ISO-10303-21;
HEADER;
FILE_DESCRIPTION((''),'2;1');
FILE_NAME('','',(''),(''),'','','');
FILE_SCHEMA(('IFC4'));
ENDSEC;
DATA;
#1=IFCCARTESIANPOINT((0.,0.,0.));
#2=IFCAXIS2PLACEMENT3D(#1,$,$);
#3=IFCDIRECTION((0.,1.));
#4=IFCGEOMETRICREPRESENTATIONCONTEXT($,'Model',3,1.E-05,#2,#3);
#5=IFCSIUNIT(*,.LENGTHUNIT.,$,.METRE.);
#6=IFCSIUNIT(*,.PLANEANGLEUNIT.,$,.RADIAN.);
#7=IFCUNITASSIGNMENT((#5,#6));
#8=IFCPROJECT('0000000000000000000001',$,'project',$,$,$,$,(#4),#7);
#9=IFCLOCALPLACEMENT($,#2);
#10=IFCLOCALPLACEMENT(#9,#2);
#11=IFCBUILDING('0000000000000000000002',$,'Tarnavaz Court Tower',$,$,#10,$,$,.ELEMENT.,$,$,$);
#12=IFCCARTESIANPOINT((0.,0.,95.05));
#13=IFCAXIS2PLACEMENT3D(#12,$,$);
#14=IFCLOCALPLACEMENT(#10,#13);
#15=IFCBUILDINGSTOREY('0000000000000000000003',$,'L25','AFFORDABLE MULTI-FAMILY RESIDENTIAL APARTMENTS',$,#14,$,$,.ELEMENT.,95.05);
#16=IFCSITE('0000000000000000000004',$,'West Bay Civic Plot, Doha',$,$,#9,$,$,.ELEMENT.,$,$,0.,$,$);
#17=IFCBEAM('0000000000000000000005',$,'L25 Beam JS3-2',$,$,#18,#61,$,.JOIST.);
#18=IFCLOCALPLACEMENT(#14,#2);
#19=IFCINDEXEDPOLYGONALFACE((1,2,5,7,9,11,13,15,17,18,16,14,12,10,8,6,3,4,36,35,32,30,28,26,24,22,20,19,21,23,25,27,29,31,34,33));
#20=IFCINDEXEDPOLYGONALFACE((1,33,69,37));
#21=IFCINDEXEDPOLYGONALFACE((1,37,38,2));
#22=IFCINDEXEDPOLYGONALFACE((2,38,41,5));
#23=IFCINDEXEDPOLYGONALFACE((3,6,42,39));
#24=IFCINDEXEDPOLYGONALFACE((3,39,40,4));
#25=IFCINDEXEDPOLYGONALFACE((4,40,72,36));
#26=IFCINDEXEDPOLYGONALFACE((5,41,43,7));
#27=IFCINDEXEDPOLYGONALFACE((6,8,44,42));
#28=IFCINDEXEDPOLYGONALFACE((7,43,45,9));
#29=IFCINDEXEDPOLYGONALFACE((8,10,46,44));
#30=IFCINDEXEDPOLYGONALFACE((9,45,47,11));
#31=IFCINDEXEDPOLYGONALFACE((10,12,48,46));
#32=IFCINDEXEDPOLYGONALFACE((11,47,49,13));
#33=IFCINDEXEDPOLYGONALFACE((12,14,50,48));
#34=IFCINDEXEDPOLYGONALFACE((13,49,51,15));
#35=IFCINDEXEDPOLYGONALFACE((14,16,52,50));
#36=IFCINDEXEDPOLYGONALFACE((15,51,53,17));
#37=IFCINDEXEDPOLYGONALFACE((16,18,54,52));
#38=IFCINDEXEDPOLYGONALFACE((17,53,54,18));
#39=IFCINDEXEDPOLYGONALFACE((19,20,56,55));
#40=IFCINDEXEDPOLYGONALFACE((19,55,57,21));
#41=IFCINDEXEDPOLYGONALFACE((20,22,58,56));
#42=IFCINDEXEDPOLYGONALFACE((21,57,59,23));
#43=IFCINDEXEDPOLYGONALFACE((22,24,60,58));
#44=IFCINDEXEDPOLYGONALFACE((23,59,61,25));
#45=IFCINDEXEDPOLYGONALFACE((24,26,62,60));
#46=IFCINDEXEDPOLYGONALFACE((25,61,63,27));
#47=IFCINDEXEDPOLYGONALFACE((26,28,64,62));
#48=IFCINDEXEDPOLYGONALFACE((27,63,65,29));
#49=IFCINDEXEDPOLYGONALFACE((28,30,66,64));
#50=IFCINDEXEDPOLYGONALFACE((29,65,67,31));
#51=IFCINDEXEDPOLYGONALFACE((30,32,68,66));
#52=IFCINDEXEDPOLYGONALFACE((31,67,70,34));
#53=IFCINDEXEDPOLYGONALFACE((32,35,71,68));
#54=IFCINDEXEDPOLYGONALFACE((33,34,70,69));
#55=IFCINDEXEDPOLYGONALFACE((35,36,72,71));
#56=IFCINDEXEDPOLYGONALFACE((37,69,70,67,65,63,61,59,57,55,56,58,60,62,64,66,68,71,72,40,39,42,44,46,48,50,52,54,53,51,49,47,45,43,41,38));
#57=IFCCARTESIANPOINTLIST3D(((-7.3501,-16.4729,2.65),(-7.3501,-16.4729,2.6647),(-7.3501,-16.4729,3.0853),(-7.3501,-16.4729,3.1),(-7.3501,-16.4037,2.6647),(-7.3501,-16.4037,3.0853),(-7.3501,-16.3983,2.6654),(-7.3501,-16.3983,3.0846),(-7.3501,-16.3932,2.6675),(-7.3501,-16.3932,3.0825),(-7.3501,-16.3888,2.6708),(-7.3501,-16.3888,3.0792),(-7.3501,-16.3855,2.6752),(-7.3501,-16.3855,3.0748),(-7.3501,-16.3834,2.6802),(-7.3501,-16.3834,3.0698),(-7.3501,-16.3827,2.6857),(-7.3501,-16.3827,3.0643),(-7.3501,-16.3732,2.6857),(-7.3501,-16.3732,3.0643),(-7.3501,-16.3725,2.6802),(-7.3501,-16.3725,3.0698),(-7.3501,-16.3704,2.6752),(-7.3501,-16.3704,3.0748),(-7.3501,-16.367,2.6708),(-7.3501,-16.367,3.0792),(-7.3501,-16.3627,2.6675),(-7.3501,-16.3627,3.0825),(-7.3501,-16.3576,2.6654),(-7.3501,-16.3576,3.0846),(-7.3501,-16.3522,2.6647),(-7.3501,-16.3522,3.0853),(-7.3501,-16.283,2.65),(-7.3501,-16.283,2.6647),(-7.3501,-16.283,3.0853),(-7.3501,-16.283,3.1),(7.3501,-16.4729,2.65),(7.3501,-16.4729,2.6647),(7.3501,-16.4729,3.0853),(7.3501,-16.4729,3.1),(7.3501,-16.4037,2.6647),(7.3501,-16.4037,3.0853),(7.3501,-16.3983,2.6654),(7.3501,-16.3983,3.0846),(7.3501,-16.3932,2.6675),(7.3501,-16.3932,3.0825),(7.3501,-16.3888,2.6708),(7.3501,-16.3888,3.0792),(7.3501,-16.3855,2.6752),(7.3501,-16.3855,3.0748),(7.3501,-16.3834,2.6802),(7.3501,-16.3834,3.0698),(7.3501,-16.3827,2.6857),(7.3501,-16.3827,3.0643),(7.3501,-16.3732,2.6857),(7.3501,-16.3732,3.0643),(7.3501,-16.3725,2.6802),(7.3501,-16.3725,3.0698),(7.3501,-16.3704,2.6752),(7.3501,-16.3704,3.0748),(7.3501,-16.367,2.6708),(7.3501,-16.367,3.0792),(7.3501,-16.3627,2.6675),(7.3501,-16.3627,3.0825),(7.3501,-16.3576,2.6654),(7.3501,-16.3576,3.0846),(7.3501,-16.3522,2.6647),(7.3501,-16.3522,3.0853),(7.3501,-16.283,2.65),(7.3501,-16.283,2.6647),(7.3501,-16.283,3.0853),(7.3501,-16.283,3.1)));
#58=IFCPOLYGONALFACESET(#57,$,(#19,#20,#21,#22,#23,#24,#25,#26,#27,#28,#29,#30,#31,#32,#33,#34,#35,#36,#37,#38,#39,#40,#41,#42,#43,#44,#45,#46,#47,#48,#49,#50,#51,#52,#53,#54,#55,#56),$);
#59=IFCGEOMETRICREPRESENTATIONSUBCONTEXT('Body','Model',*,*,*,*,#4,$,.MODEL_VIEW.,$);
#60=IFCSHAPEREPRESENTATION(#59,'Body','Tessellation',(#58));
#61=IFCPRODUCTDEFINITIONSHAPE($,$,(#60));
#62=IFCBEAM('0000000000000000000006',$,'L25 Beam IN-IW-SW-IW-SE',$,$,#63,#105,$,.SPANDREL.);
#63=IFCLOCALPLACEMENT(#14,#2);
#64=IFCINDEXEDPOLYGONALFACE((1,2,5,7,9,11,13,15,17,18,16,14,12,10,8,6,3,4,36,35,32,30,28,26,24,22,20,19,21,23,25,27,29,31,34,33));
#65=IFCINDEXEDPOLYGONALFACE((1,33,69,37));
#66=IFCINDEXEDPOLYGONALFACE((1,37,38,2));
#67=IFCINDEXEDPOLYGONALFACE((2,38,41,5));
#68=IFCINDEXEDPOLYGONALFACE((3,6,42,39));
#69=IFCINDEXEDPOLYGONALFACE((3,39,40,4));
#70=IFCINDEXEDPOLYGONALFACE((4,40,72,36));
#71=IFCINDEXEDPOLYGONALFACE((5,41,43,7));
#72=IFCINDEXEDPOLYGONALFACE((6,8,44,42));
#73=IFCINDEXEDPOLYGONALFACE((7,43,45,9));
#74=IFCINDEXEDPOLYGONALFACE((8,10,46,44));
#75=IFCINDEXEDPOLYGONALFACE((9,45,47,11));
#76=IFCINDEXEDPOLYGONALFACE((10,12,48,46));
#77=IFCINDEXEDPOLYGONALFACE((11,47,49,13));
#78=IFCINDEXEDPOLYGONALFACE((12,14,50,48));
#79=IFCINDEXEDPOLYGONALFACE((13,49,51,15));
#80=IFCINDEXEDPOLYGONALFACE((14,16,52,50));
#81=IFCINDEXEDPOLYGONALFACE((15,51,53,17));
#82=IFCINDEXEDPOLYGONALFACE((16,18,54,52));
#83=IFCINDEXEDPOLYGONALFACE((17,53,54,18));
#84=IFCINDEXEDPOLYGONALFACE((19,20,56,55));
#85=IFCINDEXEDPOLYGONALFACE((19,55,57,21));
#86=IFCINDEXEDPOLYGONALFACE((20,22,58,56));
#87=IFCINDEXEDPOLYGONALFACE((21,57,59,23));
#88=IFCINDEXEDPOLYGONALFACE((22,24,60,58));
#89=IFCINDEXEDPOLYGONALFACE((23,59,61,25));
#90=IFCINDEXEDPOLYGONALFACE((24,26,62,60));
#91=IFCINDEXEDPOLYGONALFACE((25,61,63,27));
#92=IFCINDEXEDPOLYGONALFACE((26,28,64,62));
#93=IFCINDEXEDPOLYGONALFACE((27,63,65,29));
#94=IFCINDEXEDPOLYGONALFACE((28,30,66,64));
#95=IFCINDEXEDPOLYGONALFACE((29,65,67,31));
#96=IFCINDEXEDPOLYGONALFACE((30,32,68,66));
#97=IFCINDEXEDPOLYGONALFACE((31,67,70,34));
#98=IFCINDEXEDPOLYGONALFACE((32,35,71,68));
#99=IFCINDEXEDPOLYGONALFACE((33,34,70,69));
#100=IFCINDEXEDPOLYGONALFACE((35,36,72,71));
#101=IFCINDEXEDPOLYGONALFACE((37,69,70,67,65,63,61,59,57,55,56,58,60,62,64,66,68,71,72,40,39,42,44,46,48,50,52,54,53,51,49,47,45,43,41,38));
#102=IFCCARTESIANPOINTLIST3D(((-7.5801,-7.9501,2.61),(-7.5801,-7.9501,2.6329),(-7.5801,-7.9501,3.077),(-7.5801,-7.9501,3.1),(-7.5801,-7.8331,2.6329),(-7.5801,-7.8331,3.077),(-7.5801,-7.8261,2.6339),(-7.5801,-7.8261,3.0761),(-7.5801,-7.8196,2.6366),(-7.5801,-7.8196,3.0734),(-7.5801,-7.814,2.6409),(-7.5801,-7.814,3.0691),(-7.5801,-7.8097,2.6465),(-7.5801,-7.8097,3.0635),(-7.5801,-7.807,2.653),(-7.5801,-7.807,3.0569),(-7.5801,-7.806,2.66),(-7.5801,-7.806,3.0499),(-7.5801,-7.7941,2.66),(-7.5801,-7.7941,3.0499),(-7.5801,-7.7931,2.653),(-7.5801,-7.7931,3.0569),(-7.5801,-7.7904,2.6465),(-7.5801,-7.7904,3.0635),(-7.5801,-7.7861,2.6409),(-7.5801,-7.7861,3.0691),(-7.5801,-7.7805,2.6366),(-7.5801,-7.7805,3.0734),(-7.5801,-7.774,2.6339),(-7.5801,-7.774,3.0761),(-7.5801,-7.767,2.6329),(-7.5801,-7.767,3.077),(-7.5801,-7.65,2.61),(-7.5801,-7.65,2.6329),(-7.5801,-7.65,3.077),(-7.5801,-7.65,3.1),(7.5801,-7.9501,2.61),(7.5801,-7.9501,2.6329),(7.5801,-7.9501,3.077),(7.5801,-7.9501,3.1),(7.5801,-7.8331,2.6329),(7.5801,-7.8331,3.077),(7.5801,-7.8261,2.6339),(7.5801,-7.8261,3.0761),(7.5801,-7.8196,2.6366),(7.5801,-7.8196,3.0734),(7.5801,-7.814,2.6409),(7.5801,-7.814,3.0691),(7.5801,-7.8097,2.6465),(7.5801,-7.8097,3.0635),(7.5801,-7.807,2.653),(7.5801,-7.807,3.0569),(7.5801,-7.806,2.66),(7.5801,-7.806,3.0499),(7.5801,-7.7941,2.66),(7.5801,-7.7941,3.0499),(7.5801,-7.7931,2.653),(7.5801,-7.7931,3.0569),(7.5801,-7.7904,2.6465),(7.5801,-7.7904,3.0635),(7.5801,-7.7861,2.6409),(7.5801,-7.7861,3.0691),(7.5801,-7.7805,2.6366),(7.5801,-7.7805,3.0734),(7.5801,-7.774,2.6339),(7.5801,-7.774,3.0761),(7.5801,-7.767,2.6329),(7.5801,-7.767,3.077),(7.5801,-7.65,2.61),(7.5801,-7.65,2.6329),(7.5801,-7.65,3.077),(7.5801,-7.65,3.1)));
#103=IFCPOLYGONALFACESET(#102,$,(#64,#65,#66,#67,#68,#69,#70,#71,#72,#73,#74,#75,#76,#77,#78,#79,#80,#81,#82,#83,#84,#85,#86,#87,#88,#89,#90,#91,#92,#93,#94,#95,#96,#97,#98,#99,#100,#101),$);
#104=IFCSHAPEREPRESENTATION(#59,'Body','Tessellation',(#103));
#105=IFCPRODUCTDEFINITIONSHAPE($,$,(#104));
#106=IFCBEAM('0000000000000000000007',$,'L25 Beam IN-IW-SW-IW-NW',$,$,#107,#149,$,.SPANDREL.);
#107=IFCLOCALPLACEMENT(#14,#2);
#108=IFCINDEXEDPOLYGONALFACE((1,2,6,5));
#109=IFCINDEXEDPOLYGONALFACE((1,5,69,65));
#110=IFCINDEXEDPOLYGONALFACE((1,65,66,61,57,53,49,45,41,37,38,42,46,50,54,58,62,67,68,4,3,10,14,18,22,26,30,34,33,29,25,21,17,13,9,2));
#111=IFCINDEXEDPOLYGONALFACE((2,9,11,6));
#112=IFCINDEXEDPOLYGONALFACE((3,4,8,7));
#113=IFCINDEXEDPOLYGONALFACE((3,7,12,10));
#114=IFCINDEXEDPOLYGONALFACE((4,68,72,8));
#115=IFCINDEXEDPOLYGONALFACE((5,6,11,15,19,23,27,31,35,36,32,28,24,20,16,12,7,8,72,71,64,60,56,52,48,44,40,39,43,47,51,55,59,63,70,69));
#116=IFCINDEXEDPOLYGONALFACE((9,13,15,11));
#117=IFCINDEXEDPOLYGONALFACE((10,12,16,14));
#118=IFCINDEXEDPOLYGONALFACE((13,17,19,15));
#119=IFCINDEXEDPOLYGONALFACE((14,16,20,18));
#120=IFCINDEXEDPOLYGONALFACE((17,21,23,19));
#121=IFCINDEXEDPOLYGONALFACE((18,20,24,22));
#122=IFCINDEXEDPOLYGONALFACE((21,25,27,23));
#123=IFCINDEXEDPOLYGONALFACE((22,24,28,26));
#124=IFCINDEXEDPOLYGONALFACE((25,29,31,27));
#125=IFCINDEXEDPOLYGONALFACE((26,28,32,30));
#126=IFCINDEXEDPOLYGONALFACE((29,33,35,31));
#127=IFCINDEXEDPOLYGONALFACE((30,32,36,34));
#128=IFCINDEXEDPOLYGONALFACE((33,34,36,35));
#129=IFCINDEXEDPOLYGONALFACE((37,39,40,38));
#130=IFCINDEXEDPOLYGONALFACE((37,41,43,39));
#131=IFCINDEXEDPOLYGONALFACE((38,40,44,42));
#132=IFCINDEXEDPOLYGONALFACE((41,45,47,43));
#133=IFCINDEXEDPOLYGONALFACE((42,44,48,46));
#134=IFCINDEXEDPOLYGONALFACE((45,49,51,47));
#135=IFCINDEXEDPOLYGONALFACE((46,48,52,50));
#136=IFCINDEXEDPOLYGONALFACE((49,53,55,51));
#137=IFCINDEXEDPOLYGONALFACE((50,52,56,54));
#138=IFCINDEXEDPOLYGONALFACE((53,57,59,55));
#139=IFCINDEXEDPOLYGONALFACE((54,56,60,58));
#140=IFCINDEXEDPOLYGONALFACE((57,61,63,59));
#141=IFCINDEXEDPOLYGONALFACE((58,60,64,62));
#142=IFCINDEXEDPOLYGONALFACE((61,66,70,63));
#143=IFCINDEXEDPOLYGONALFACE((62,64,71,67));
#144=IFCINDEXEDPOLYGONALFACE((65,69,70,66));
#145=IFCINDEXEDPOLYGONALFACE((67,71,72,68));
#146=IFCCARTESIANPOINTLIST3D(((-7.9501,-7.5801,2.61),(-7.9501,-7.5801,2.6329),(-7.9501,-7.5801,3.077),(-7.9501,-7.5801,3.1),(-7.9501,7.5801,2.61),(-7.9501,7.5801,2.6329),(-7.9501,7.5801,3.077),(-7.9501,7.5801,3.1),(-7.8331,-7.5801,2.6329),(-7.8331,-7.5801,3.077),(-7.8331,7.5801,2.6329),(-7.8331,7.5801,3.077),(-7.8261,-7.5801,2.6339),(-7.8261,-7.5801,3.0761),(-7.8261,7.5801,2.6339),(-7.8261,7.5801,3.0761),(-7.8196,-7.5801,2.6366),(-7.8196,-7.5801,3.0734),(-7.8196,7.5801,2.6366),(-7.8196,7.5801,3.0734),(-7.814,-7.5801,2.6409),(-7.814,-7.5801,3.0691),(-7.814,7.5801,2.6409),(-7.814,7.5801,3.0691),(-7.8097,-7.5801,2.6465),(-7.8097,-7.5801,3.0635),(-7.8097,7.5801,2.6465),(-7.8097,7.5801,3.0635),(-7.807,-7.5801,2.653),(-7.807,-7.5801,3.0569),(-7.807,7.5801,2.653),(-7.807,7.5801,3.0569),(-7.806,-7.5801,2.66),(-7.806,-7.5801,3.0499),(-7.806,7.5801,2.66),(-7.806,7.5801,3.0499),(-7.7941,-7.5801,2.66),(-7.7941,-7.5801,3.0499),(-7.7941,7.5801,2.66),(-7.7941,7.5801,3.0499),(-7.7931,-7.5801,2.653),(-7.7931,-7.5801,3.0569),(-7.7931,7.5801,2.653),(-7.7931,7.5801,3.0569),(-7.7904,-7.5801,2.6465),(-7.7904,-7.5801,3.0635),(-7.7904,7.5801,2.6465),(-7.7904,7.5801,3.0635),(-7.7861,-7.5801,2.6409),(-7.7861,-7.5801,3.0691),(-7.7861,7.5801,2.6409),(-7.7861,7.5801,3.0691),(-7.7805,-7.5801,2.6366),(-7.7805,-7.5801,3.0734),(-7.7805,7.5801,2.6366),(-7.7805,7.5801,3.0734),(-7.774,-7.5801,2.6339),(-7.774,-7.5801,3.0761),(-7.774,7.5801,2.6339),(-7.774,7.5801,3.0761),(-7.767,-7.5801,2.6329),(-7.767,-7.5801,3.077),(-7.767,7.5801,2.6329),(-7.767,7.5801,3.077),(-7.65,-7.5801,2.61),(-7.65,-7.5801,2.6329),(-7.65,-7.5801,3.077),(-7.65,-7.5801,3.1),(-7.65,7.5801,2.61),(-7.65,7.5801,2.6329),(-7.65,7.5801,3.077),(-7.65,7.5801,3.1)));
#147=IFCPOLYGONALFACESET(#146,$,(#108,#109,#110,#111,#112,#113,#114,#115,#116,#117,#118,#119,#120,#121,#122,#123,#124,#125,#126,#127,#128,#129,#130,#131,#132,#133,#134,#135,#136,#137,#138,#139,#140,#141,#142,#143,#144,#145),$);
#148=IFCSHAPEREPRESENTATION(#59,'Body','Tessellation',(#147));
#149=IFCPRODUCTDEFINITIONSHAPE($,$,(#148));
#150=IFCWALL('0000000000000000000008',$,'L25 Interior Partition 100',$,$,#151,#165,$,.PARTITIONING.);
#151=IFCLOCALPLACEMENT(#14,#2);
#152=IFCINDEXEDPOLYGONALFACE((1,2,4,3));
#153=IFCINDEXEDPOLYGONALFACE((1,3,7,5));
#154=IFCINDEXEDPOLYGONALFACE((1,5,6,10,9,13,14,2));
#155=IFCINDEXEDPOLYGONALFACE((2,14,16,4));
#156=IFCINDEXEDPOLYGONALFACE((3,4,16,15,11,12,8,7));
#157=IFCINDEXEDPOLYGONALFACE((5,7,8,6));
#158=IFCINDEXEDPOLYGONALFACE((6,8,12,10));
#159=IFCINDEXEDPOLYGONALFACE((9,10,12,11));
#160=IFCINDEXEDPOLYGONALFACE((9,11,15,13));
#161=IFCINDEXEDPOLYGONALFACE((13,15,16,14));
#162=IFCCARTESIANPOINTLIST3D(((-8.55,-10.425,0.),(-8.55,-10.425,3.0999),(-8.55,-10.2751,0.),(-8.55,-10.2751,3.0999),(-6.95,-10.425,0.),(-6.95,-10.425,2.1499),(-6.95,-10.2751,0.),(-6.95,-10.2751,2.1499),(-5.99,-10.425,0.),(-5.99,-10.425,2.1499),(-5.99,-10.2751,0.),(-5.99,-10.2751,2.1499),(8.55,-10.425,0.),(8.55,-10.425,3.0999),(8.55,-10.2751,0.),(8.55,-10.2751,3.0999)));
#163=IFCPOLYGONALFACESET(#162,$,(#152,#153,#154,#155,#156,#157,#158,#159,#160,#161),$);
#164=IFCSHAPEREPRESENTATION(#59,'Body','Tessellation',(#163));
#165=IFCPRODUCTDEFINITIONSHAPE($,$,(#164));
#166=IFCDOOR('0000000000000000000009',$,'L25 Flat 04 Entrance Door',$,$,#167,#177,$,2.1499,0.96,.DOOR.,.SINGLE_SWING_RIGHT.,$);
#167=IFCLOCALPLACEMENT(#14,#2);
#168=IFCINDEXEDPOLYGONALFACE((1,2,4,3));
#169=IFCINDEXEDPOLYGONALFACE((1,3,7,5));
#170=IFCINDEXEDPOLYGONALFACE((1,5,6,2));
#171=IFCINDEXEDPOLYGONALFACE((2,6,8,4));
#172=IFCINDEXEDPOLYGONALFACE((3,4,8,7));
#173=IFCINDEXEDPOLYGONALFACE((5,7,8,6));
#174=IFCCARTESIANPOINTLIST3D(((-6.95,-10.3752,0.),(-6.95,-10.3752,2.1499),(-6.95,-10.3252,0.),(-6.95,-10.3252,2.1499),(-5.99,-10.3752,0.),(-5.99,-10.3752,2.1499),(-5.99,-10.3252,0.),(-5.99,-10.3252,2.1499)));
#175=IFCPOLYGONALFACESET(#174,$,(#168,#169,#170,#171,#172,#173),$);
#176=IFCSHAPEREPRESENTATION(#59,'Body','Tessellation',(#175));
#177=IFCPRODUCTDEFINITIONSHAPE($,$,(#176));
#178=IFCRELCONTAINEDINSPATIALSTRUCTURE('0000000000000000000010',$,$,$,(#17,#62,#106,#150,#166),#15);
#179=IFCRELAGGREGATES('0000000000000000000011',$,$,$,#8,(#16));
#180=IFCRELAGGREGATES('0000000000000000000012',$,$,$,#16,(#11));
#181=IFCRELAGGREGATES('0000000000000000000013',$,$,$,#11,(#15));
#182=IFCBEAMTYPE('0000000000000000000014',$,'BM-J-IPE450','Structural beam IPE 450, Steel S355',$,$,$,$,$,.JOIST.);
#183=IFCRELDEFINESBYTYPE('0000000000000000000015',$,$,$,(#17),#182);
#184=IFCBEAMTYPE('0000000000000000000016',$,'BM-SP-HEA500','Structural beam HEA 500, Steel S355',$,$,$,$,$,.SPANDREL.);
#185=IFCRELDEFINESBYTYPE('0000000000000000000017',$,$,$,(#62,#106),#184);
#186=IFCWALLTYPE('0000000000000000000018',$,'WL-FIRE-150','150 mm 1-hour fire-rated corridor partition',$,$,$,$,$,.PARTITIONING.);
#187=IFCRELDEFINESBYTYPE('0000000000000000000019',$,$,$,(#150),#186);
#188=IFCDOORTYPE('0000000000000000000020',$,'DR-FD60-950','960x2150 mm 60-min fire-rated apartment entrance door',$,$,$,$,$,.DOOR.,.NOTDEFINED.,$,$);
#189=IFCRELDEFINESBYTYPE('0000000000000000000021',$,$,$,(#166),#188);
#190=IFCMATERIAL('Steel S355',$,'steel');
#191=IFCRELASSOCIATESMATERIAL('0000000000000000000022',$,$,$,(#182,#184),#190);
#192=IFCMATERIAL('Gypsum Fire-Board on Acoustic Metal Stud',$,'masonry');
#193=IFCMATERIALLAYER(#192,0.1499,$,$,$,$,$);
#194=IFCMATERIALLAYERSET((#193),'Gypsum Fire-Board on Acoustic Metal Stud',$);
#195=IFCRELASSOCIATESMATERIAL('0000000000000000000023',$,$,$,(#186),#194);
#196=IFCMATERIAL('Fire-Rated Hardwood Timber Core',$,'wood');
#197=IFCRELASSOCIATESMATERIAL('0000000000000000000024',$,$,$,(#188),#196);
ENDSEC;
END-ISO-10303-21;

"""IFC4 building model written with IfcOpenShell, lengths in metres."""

from ifc_helpers import new_model, si_unit, direction, frame, frame_2d, origin, origin_2d, place, context, subcontext, project, spatial, rectangle, i_section, extrude, material, layer, layer_set, material_profile, profile_set, type_object, element, fill, save


model = new_model("IFC4")

# Units and contexts
model_context = context("Model", 3, precision=1e-05, world=origin(), true_north=direction((0.0, 1.0)))
body_context = subcontext(model_context, "Body", "Model", "MODEL_VIEW")
ifc_project = project(units=[si_unit("LENGTHUNIT", "METRE"), si_unit("PLANEANGLEUNIT", "RADIAN")], contexts=[model_context])

# Site, building, storey
site_placement = place(None, origin())
site = spatial("IfcSite", under=ifc_project, at=site_placement, Name="West Bay Civic Plot, Doha", CompositionType="ELEMENT", RefElevation=0.0)
building_placement = place(site_placement, origin())
building = spatial("IfcBuilding", under=site, at=building_placement, Name="Tarnavaz Court Tower", CompositionType="ELEMENT")
storey_placement = place(building_placement, frame((0.0, 0.0, 95.05)))
storey = spatial("IfcBuildingStorey", under=building, at=storey_placement, Name="L25", Description="AFFORDABLE MULTI-FAMILY RESIDENTIAL APARTMENTS", CompositionType="ELEMENT", Elevation=95.05)

# Beams
ifc_material_1 = material(Name="Steel S355", Category="steel")
ifc_material_profile_1 = material_profile(ifc_material_1, i_section(OverallWidth=0.1899, OverallDepth=0.45, WebThickness=0.0095, FlangeThickness=0.0146, FilletRadius=0.021, at=origin_2d()), Name="IPE 450")
ifc_profile_set_1 = profile_set([ifc_material_profile_1], Name="Steel S355")
beam_type_1 = type_object("IfcBeamType", Name="BM-J-IPE450", Description="Structural beam IPE 450, Steel S355", PredefinedType="JOIST", material=ifc_profile_set_1)
for number, where, z_axis, x_axis, name in (
    (1, (-7.3501, -16.3779, 2.875), (1.0, 0.0, 0.0), (0.0, 1.0, 0.0), "L25 Beam JS3-2"),
):
    element("IfcBeam", number, at=place(storey_placement, frame(where, z_axis=z_axis, x_axis=x_axis)), inside=storey, type_object=beam_type_1, Name=name, PredefinedType="JOIST", context=body_context, shape_type="SweptSolid", body=[
        extrude(i_section(OverallWidth=0.1899, OverallDepth=0.45, WebThickness=0.0095, FlangeThickness=0.0146, FilletRadius=0.021, at=origin_2d()), origin(), (0.0, 0.0, 1.0), 14.7002),
    ])
ifc_material_profile_2 = material_profile(ifc_material_1, i_section(OverallWidth=0.3, OverallDepth=0.49, WebThickness=0.012, FlangeThickness=0.0229, FilletRadius=0.0271, at=origin_2d()), Name="HEA 500")
ifc_profile_set_2 = profile_set([ifc_material_profile_2], Name="Steel S355")
beam_type_2 = type_object("IfcBeamType", Name="BM-SP-HEA500", Description="Structural beam HEA 500, Steel S355", PredefinedType="SPANDREL", material=ifc_profile_set_2)
for number, where, z_axis, x_axis, name in (
    (2, (-7.5801, -7.8, 2.855), (1.0, 0.0, 0.0), (0.0, 1.0, 0.0), "L25 Beam IN-IW-SW-IW-SE"),
    (3, (-7.8, -7.5801, 2.855), (0.0, 1.0, 0.0), (-1.0, 0.0, 0.0), "L25 Beam IN-IW-SW-IW-NW"),
):
    element("IfcBeam", number, at=place(storey_placement, frame(where, z_axis=z_axis, x_axis=x_axis)), inside=storey, type_object=beam_type_2, Name=name, PredefinedType="SPANDREL", context=body_context, shape_type="SweptSolid", body=[
        extrude(i_section(OverallWidth=0.3, OverallDepth=0.49, WebThickness=0.012, FlangeThickness=0.0229, FilletRadius=0.0271, at=origin_2d()), origin(), (0.0, 0.0, 1.0), 15.1602),
    ])

# Wall, opening, door
ifc_material_2 = material(Name="Gypsum Fire-Board on Acoustic Metal Stud", Category="masonry")
ifc_layer_1 = layer(ifc_material_2, 0.1499)
ifc_layer_set_1 = layer_set([ifc_layer_1], Name="Gypsum Fire-Board on Acoustic Metal Stud")
wall_type_1 = type_object("IfcWallType", Name="WL-FIRE-150", Description="150 mm 1-hour fire-rated corridor partition", PredefinedType="PARTITIONING", material=ifc_layer_set_1)
wall_1_placement = place(storey_placement, frame((-8.55, -10.3501, 0.0), z_axis=(0.0, 0.0, 1.0), x_axis=(1.0, 0.0, 0.0)))
wall_1 = element("IfcWall", 4, at=wall_1_placement, inside=storey, type_object=wall_type_1, Name="L25 Interior Partition 100", PredefinedType="PARTITIONING", context=body_context, shape_type="SweptSolid", body=[
    extrude(rectangle(XDim=17.1001, YDim=0.1499, at=frame_2d((8.55, 0.0))), origin(), (0.0, 0.0, 1.0), 3.0999),
])
opening_1_placement = place(wall_1_placement, frame((1.6001, 0.0, 0.0)))
opening_1 = element("IfcOpeningElement", 5, at=opening_1_placement, cuts=wall_1, PredefinedType="OPENING", context=body_context, shape_type="SweptSolid", body=[
    extrude(rectangle(XDim=0.96, YDim=2.1499, at=frame_2d((0.48, 1.075))), frame((0.0, 0.085, 0.0), z_axis=(0.0, -1.0, 0.0), x_axis=(1.0, 0.0, 0.0)), (0.0, 0.0, 1.0), 0.1699),
])
ifc_material_3 = material(Name="Fire-Rated Hardwood Timber Core", Category="wood")
door_type_1 = type_object("IfcDoorType", Name="DR-FD60-950", Description="960x2150 mm 60-min fire-rated apartment entrance door", OperationType="NOTDEFINED", PredefinedType="DOOR", material=ifc_material_3)
door_1_placement = place(opening_1_placement, origin())
door_1 = element("IfcDoor", 6, at=door_1_placement, inside=storey, type_object=door_type_1, Name="L25 Flat 04 Entrance Door", OperationType="SINGLE_SWING_RIGHT", OverallHeight=2.1499, OverallWidth=0.96, PredefinedType="DOOR", context=body_context, shape_type="SweptSolid", body=[
    extrude(rectangle(XDim=0.96, YDim=2.1499, at=frame_2d((0.48, 1.075))), frame((0.0, 0.0249, 0.0), z_axis=(0.0, -1.0, 0.0), x_axis=(1.0, 0.0, 0.0)), (0.0, 0.0, 1.0), 0.05),
])
fill(opening_1, door_1)

save(model, "model.ifc")
